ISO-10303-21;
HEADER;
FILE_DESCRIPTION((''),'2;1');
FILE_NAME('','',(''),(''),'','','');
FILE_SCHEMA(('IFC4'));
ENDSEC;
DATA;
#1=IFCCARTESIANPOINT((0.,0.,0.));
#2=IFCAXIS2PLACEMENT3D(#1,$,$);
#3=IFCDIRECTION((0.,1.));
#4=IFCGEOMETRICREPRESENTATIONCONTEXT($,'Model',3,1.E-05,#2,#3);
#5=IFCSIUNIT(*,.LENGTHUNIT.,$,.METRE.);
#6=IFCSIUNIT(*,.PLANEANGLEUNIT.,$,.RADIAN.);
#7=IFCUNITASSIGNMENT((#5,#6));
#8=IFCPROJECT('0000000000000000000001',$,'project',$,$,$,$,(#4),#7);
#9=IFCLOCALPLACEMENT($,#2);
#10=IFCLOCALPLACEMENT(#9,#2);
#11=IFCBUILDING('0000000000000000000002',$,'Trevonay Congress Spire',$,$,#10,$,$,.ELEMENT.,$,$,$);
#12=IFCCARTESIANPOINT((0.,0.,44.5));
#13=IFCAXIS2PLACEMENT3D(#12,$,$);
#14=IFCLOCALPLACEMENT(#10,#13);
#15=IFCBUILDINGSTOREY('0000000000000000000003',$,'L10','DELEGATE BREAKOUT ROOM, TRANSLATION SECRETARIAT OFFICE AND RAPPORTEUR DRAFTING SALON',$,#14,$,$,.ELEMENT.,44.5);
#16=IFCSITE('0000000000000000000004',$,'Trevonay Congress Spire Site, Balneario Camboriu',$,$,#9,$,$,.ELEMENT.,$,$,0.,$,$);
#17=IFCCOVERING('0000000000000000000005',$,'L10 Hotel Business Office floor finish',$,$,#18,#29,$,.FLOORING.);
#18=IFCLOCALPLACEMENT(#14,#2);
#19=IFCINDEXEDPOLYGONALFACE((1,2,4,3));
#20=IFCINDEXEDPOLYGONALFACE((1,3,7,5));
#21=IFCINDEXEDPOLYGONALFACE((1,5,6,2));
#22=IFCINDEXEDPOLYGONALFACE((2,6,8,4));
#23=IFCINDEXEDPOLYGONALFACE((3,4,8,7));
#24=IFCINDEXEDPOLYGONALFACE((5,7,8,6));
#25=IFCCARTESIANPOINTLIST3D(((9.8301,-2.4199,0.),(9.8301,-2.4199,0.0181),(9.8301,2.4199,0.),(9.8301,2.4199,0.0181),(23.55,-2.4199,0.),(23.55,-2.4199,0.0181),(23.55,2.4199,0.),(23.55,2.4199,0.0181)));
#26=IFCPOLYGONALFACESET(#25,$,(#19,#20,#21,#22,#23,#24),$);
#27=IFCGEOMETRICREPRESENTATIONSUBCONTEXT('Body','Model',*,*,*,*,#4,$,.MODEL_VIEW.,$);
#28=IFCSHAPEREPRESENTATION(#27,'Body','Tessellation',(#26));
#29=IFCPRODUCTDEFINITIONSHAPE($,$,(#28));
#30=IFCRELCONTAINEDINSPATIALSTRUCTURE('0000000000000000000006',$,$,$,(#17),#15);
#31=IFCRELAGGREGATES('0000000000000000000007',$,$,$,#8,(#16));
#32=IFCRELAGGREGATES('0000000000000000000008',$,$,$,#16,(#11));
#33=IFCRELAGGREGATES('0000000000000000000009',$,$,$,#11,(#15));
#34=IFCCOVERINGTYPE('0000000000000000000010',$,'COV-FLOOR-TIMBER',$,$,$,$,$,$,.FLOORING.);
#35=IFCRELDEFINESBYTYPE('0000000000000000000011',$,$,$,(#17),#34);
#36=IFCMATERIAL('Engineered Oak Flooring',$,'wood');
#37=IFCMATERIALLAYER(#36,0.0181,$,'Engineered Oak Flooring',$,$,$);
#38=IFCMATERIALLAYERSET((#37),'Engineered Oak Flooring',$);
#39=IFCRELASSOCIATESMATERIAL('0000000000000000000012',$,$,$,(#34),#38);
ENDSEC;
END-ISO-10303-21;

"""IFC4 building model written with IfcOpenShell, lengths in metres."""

from ifc_helpers import new_model, si_unit, direction, frame, origin, place, context, subcontext, project, spatial, polyline, outline, extrude, material, layer, layer_set, type_object, element, save


model = new_model("IFC4")

# Units and contexts
model_context = context("Model", 3, precision=1e-05, world=origin(), true_north=direction((0.0, 1.0)))
body_context = subcontext(model_context, "Body", "Model", "MODEL_VIEW")
ifc_project = project(units=[si_unit("LENGTHUNIT", "METRE"), si_unit("PLANEANGLEUNIT", "RADIAN")], contexts=[model_context])

# Site, building, storey
site_placement = place(None, origin())
site = spatial("IfcSite", under=ifc_project, at=site_placement, Name="Trevonay Congress Spire Site, Balneario Camboriu", CompositionType="ELEMENT", RefElevation=0.0)
building_placement = place(site_placement, origin())
building = spatial("IfcBuilding", under=site, at=building_placement, Name="Trevonay Congress Spire", CompositionType="ELEMENT")
storey_placement = place(building_placement, frame((0.0, 0.0, 44.5)))
storey = spatial("IfcBuildingStorey", under=building, at=storey_placement, Name="L10", Description="DELEGATE BREAKOUT ROOM, TRANSLATION SECRETARIAT OFFICE AND RAPPORTEUR DRAFTING SALON", CompositionType="ELEMENT", Elevation=44.5)

# Covering
ifc_material_1 = material(Name="Engineered Oak Flooring", Category="wood")
ifc_layer_1 = layer(ifc_material_1, 0.0181, Name="Engineered Oak Flooring")
ifc_layer_set_1 = layer_set([ifc_layer_1], Name="Engineered Oak Flooring")
covering_type_1 = type_object("IfcCoveringType", Name="COV-FLOOR-TIMBER", PredefinedType="FLOORING", material=ifc_layer_set_1)
covering_1_placement = place(storey_placement, origin())
element("IfcCovering", 1, at=covering_1_placement, inside=storey, type_object=covering_type_1, Name="L10 Hotel Business Office floor finish", PredefinedType="FLOORING", context=body_context, shape_type="SweptSolid", body=[
    extrude(outline(polyline([(9.8301, -2.4199), (23.55, -2.4199), (23.55, 2.4199), (9.8301, 2.4199), (9.8301, -2.4199)])), origin(), (0.0, 0.0, 1.0), 0.0181),
])

save(model, "model.ifc")
